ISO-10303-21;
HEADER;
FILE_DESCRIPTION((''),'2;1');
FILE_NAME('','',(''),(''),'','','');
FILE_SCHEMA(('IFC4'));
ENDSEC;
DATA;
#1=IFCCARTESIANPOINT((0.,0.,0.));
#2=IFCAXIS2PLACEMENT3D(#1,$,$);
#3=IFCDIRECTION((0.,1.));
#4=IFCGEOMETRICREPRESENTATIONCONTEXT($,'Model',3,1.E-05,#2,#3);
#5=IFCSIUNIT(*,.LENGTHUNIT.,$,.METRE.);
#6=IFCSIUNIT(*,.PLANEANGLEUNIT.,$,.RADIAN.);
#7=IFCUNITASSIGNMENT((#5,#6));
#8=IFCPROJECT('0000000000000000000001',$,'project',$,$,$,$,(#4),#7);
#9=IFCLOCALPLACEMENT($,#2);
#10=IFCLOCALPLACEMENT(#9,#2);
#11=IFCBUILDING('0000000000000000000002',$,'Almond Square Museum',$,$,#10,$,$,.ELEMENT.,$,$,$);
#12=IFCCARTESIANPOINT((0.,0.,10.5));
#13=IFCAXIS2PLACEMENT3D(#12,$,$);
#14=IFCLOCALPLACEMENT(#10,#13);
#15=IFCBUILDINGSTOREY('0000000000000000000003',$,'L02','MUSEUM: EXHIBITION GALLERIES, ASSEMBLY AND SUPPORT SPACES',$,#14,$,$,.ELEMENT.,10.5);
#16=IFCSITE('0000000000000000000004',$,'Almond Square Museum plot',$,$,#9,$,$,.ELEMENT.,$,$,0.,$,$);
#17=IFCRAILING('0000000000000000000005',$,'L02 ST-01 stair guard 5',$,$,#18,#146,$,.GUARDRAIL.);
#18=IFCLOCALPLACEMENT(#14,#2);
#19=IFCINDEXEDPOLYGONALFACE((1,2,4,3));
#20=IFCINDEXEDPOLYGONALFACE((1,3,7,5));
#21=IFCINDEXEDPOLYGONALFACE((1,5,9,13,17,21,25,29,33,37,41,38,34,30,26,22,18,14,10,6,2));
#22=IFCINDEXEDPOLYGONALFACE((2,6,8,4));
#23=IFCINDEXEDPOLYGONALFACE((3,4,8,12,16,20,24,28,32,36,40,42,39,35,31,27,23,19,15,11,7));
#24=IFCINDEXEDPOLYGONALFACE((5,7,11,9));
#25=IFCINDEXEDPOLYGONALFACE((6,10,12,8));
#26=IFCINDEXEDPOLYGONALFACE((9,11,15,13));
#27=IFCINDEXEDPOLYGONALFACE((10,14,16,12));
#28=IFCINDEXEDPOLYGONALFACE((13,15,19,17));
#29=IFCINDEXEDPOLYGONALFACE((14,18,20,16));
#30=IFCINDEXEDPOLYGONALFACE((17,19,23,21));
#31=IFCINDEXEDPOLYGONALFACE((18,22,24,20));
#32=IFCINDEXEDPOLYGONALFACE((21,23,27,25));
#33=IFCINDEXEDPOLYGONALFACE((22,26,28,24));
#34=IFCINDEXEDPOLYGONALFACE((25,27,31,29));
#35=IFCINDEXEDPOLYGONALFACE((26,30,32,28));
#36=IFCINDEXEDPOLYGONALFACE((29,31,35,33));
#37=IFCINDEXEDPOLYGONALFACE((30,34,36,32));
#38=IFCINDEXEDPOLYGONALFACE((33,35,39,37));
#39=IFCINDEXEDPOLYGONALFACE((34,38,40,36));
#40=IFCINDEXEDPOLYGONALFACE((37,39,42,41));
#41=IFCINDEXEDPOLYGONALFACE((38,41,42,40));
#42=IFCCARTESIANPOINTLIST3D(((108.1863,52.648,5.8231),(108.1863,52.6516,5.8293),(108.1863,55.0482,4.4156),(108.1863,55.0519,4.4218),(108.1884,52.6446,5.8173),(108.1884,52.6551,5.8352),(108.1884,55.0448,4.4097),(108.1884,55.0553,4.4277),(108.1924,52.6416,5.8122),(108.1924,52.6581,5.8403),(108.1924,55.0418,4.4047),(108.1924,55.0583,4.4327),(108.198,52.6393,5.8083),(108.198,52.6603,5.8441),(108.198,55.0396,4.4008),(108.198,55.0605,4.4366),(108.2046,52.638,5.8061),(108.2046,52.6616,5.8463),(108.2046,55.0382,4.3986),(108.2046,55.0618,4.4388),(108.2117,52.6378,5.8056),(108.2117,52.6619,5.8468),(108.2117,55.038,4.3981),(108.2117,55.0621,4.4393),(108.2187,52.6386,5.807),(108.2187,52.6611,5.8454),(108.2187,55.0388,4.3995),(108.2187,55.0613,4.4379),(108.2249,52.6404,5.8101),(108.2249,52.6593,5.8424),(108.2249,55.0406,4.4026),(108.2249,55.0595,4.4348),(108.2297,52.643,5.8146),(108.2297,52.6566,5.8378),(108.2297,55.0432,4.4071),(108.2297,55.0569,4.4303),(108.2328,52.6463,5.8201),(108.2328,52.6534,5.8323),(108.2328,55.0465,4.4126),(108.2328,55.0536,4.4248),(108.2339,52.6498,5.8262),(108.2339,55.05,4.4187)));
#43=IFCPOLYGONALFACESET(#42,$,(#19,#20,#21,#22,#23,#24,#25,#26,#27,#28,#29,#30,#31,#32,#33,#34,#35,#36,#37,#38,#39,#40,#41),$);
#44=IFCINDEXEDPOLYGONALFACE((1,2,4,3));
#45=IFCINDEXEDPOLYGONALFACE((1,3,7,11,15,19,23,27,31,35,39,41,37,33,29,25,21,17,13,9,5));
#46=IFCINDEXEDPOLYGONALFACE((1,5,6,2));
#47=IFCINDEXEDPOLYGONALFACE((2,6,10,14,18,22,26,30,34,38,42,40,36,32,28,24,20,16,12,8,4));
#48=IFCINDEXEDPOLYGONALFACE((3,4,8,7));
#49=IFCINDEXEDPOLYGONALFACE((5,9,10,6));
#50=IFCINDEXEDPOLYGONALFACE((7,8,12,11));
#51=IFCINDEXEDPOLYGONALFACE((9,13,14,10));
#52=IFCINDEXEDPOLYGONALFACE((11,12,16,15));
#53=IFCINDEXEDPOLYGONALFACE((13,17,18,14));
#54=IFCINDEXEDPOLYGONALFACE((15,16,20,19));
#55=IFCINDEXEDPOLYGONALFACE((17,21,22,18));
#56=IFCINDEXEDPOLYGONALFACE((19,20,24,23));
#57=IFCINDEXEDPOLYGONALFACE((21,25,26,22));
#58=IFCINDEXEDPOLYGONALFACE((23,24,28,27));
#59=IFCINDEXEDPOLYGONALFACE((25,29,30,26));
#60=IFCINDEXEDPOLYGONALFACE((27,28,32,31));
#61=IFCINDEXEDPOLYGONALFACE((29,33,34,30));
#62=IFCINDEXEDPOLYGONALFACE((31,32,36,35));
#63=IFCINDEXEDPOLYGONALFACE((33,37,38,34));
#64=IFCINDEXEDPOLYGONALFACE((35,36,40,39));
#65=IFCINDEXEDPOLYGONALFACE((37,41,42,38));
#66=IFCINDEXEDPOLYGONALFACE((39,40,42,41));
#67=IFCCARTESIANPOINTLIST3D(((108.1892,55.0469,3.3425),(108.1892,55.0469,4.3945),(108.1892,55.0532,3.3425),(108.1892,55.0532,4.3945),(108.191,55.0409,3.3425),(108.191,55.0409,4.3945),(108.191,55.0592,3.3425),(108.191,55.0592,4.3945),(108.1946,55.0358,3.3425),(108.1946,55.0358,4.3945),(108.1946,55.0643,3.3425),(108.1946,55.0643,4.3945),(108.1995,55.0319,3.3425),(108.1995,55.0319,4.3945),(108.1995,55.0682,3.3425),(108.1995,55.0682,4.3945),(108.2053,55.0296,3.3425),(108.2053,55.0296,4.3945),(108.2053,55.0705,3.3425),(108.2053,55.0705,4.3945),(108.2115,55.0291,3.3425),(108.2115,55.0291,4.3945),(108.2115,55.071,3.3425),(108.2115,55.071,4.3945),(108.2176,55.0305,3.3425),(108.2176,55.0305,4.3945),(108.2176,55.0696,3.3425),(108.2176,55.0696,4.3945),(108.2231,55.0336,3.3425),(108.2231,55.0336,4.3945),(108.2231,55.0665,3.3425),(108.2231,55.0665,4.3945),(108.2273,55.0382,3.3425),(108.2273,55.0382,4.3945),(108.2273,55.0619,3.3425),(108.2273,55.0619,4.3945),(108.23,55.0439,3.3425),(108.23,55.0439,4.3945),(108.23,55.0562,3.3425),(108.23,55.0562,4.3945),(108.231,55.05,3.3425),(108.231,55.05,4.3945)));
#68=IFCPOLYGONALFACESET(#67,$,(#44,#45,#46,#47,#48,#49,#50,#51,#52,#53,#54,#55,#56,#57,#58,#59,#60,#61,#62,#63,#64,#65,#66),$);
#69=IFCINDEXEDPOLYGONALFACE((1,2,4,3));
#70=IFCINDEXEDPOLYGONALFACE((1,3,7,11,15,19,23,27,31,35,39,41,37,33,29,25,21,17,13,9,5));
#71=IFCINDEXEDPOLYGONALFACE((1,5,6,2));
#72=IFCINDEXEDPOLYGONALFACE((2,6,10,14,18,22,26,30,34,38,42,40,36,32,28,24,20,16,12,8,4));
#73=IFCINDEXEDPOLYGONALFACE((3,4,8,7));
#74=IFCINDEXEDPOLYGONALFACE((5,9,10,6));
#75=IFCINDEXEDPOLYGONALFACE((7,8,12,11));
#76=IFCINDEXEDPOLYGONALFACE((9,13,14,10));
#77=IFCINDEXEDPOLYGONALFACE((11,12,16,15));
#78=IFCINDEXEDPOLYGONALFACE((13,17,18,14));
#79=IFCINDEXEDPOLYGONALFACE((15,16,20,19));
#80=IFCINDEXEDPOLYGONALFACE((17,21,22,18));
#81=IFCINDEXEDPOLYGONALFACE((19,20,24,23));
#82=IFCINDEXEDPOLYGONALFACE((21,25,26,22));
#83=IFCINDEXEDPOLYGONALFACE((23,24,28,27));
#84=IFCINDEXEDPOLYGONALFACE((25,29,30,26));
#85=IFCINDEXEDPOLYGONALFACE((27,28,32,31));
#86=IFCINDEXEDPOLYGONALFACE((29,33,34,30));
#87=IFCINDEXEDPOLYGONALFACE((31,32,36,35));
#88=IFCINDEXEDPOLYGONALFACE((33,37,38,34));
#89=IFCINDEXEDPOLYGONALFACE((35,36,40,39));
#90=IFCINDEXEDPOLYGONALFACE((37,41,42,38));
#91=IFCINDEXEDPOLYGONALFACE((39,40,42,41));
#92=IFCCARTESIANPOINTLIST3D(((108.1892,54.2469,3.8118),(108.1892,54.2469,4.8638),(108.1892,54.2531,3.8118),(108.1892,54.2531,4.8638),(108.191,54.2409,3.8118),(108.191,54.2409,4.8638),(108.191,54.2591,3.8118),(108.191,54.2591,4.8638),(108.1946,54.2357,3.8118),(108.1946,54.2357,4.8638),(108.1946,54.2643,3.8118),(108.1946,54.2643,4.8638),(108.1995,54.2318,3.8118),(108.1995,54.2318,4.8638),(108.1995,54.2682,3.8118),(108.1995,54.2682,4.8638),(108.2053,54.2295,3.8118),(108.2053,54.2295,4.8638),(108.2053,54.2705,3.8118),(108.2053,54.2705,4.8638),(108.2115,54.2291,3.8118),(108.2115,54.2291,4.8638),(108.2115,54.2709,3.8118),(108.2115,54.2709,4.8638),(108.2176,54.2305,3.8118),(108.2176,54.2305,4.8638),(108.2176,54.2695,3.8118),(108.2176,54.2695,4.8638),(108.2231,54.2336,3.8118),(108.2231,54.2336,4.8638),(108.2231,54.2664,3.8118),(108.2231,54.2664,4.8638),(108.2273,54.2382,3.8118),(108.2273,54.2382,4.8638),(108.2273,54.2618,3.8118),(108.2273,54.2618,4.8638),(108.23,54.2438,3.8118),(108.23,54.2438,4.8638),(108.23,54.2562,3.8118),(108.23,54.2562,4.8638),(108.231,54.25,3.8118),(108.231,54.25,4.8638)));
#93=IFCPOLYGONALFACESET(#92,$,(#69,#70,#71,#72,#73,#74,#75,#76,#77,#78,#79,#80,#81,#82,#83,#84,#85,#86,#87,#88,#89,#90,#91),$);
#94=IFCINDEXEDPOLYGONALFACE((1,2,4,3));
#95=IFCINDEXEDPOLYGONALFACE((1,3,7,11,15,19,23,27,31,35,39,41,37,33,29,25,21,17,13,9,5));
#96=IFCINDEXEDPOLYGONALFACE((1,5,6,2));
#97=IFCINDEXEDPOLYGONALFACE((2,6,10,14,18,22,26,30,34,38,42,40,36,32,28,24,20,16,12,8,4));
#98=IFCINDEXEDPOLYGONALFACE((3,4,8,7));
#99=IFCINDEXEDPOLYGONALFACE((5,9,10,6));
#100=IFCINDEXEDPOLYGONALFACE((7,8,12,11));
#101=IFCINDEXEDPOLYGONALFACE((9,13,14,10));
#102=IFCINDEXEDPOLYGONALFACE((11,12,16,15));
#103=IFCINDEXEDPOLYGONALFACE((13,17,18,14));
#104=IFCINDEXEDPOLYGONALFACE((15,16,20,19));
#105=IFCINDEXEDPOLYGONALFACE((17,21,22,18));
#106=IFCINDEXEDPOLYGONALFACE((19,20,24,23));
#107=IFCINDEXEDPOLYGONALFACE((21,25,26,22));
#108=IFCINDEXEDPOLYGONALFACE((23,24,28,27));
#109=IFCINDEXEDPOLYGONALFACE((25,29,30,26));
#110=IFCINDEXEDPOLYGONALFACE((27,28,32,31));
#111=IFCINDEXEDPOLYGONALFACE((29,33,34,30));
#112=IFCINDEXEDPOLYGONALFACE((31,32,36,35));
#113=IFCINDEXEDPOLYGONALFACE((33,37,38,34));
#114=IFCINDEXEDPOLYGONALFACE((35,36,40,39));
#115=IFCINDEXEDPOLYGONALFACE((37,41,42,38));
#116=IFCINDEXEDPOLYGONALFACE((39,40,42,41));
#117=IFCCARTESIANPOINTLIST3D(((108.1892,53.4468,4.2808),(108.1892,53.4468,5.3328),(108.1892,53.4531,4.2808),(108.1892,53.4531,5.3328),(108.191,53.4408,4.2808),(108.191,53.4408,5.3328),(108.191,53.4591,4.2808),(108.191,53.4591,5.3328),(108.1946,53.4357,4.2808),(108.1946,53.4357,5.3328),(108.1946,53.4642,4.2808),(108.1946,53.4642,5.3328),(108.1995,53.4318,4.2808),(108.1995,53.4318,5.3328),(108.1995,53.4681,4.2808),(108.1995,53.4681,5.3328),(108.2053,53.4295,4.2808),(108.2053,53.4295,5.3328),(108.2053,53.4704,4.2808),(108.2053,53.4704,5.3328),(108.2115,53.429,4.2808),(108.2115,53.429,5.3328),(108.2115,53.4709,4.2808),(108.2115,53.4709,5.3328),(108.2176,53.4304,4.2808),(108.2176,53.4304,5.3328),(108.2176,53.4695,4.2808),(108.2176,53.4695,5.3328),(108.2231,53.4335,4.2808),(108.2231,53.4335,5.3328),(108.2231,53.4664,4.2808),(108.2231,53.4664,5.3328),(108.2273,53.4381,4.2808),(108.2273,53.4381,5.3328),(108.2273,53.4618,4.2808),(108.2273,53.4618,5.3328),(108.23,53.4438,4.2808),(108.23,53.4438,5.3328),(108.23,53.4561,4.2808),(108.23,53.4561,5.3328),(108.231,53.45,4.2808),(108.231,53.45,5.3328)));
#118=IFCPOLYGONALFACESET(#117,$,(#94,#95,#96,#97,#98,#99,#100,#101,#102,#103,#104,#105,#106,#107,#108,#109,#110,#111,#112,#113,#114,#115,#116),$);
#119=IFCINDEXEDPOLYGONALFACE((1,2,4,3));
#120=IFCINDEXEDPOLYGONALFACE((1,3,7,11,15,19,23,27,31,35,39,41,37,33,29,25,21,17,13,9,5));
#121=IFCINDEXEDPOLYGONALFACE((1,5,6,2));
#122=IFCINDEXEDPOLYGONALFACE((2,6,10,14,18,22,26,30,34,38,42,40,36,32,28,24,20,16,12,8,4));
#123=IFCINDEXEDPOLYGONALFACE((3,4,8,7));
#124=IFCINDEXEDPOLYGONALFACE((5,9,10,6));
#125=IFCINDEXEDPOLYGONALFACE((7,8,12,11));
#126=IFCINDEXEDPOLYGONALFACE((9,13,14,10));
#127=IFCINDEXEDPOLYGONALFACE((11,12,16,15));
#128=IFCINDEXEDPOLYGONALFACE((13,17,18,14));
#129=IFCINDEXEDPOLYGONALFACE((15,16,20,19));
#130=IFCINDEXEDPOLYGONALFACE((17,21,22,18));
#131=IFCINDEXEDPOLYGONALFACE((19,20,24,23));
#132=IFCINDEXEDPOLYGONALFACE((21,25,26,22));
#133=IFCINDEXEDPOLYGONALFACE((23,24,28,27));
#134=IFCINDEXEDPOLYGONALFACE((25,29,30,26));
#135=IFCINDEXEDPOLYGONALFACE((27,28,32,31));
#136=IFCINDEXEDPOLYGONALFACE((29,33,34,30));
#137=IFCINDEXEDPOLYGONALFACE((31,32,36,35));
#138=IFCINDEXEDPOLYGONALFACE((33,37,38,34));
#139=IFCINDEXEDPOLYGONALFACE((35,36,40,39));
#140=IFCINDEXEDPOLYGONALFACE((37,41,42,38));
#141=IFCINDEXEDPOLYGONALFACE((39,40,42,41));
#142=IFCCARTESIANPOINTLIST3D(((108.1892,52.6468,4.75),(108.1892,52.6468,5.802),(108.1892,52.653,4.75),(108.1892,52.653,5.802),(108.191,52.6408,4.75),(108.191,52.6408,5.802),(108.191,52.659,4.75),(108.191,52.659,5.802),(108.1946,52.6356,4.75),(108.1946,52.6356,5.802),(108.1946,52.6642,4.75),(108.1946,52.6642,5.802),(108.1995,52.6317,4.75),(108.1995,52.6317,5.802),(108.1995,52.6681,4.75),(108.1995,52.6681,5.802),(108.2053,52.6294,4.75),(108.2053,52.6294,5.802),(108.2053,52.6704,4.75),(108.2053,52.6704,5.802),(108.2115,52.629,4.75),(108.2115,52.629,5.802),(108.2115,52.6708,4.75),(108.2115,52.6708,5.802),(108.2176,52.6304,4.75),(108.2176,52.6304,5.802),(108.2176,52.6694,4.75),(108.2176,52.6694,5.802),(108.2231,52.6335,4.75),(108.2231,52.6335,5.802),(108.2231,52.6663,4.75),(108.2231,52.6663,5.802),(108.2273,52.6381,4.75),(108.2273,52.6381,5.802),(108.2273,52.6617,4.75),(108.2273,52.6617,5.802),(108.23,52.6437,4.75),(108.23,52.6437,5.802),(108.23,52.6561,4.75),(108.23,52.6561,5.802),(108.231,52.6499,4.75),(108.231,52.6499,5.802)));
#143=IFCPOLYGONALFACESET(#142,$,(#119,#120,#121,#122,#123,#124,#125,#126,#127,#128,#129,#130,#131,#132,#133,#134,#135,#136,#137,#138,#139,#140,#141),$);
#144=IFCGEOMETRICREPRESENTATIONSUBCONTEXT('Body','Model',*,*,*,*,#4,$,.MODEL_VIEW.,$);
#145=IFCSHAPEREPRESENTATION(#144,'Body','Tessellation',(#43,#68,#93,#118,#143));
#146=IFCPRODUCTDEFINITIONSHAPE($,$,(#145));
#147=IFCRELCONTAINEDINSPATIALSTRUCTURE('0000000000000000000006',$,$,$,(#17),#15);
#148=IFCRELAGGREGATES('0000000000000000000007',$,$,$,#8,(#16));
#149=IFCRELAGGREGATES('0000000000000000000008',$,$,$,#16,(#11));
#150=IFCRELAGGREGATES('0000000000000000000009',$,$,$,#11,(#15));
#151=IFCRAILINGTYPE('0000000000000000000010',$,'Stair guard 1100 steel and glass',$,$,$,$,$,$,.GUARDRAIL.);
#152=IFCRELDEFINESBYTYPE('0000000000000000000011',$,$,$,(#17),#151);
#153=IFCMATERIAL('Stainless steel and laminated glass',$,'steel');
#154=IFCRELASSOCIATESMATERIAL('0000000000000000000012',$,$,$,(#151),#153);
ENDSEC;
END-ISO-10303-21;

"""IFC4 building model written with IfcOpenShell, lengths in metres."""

from ifc_helpers import new_model, si_unit, direction, frame, origin, origin_2d, place, context, subcontext, project, spatial, circle, extrude, material, type_object, element, save


model = new_model("IFC4")

# Units and contexts
model_context = context("Model", 3, precision=1e-05, world=origin(), true_north=direction((0.0, 1.0)))
body_context = subcontext(model_context, "Body", "Model", "MODEL_VIEW")
ifc_project = project(units=[si_unit("LENGTHUNIT", "METRE"), si_unit("PLANEANGLEUNIT", "RADIAN")], contexts=[model_context])

# Site, building, storey
site_placement = place(None, origin())
site = spatial("IfcSite", under=ifc_project, at=site_placement, Name="Almond Square Museum plot", CompositionType="ELEMENT", RefElevation=0.0)
building_placement = place(site_placement, origin())
building = spatial("IfcBuilding", under=site, at=building_placement, Name="Almond Square Museum", CompositionType="ELEMENT")
storey_placement = place(building_placement, frame((0.0, 0.0, 10.5)))
storey = spatial("IfcBuildingStorey", under=building, at=storey_placement, Name="L02", Description="MUSEUM: EXHIBITION GALLERIES, ASSEMBLY AND SUPPORT SPACES", CompositionType="ELEMENT", Elevation=10.5)

# Railing
ifc_material_1 = material(Name="Stainless steel and laminated glass", Category="steel")
railing_type_1 = type_object("IfcRailingType", Name="Stair guard 1100 steel and glass", PredefinedType="GUARDRAIL", material=ifc_material_1)
railing_1_placement = place(storey_placement, frame((108.21, 55.05, 3.3425)))
element("IfcRailing", 1, at=railing_1_placement, inside=storey, type_object=railing_type_1, Name="L02 ST-01 stair guard 5", PredefinedType="GUARDRAIL", context=body_context, shape_type="SweptSolid", body=[
    extrude(circle(Radius=0.0239, at=origin_2d()), frame((0.0, 0.0, 1.0762), z_axis=(0.0, -0.862621, 0.50585), x_axis=(1.0, 0.0, 0.0)), (0.0, 0.0, 1.0), 2.7825),
    extrude(circle(Radius=0.021, at=origin_2d()), origin(), (0.0, 0.0, 1.0), 1.052),
    extrude(circle(Radius=0.021, at=origin_2d()), frame((0.0, -0.8, 0.4692)), (0.0, 0.0, 1.0), 1.052),
    extrude(circle(Radius=0.021, at=origin_2d()), frame((0.0, -1.6001, 0.9382)), (0.0, 0.0, 1.0), 1.052),
    extrude(circle(Radius=0.021, at=origin_2d()), frame((0.0, -2.4001, 1.4075)), (0.0, 0.0, 1.0), 1.052),
])

save(model, "model.ifc")
